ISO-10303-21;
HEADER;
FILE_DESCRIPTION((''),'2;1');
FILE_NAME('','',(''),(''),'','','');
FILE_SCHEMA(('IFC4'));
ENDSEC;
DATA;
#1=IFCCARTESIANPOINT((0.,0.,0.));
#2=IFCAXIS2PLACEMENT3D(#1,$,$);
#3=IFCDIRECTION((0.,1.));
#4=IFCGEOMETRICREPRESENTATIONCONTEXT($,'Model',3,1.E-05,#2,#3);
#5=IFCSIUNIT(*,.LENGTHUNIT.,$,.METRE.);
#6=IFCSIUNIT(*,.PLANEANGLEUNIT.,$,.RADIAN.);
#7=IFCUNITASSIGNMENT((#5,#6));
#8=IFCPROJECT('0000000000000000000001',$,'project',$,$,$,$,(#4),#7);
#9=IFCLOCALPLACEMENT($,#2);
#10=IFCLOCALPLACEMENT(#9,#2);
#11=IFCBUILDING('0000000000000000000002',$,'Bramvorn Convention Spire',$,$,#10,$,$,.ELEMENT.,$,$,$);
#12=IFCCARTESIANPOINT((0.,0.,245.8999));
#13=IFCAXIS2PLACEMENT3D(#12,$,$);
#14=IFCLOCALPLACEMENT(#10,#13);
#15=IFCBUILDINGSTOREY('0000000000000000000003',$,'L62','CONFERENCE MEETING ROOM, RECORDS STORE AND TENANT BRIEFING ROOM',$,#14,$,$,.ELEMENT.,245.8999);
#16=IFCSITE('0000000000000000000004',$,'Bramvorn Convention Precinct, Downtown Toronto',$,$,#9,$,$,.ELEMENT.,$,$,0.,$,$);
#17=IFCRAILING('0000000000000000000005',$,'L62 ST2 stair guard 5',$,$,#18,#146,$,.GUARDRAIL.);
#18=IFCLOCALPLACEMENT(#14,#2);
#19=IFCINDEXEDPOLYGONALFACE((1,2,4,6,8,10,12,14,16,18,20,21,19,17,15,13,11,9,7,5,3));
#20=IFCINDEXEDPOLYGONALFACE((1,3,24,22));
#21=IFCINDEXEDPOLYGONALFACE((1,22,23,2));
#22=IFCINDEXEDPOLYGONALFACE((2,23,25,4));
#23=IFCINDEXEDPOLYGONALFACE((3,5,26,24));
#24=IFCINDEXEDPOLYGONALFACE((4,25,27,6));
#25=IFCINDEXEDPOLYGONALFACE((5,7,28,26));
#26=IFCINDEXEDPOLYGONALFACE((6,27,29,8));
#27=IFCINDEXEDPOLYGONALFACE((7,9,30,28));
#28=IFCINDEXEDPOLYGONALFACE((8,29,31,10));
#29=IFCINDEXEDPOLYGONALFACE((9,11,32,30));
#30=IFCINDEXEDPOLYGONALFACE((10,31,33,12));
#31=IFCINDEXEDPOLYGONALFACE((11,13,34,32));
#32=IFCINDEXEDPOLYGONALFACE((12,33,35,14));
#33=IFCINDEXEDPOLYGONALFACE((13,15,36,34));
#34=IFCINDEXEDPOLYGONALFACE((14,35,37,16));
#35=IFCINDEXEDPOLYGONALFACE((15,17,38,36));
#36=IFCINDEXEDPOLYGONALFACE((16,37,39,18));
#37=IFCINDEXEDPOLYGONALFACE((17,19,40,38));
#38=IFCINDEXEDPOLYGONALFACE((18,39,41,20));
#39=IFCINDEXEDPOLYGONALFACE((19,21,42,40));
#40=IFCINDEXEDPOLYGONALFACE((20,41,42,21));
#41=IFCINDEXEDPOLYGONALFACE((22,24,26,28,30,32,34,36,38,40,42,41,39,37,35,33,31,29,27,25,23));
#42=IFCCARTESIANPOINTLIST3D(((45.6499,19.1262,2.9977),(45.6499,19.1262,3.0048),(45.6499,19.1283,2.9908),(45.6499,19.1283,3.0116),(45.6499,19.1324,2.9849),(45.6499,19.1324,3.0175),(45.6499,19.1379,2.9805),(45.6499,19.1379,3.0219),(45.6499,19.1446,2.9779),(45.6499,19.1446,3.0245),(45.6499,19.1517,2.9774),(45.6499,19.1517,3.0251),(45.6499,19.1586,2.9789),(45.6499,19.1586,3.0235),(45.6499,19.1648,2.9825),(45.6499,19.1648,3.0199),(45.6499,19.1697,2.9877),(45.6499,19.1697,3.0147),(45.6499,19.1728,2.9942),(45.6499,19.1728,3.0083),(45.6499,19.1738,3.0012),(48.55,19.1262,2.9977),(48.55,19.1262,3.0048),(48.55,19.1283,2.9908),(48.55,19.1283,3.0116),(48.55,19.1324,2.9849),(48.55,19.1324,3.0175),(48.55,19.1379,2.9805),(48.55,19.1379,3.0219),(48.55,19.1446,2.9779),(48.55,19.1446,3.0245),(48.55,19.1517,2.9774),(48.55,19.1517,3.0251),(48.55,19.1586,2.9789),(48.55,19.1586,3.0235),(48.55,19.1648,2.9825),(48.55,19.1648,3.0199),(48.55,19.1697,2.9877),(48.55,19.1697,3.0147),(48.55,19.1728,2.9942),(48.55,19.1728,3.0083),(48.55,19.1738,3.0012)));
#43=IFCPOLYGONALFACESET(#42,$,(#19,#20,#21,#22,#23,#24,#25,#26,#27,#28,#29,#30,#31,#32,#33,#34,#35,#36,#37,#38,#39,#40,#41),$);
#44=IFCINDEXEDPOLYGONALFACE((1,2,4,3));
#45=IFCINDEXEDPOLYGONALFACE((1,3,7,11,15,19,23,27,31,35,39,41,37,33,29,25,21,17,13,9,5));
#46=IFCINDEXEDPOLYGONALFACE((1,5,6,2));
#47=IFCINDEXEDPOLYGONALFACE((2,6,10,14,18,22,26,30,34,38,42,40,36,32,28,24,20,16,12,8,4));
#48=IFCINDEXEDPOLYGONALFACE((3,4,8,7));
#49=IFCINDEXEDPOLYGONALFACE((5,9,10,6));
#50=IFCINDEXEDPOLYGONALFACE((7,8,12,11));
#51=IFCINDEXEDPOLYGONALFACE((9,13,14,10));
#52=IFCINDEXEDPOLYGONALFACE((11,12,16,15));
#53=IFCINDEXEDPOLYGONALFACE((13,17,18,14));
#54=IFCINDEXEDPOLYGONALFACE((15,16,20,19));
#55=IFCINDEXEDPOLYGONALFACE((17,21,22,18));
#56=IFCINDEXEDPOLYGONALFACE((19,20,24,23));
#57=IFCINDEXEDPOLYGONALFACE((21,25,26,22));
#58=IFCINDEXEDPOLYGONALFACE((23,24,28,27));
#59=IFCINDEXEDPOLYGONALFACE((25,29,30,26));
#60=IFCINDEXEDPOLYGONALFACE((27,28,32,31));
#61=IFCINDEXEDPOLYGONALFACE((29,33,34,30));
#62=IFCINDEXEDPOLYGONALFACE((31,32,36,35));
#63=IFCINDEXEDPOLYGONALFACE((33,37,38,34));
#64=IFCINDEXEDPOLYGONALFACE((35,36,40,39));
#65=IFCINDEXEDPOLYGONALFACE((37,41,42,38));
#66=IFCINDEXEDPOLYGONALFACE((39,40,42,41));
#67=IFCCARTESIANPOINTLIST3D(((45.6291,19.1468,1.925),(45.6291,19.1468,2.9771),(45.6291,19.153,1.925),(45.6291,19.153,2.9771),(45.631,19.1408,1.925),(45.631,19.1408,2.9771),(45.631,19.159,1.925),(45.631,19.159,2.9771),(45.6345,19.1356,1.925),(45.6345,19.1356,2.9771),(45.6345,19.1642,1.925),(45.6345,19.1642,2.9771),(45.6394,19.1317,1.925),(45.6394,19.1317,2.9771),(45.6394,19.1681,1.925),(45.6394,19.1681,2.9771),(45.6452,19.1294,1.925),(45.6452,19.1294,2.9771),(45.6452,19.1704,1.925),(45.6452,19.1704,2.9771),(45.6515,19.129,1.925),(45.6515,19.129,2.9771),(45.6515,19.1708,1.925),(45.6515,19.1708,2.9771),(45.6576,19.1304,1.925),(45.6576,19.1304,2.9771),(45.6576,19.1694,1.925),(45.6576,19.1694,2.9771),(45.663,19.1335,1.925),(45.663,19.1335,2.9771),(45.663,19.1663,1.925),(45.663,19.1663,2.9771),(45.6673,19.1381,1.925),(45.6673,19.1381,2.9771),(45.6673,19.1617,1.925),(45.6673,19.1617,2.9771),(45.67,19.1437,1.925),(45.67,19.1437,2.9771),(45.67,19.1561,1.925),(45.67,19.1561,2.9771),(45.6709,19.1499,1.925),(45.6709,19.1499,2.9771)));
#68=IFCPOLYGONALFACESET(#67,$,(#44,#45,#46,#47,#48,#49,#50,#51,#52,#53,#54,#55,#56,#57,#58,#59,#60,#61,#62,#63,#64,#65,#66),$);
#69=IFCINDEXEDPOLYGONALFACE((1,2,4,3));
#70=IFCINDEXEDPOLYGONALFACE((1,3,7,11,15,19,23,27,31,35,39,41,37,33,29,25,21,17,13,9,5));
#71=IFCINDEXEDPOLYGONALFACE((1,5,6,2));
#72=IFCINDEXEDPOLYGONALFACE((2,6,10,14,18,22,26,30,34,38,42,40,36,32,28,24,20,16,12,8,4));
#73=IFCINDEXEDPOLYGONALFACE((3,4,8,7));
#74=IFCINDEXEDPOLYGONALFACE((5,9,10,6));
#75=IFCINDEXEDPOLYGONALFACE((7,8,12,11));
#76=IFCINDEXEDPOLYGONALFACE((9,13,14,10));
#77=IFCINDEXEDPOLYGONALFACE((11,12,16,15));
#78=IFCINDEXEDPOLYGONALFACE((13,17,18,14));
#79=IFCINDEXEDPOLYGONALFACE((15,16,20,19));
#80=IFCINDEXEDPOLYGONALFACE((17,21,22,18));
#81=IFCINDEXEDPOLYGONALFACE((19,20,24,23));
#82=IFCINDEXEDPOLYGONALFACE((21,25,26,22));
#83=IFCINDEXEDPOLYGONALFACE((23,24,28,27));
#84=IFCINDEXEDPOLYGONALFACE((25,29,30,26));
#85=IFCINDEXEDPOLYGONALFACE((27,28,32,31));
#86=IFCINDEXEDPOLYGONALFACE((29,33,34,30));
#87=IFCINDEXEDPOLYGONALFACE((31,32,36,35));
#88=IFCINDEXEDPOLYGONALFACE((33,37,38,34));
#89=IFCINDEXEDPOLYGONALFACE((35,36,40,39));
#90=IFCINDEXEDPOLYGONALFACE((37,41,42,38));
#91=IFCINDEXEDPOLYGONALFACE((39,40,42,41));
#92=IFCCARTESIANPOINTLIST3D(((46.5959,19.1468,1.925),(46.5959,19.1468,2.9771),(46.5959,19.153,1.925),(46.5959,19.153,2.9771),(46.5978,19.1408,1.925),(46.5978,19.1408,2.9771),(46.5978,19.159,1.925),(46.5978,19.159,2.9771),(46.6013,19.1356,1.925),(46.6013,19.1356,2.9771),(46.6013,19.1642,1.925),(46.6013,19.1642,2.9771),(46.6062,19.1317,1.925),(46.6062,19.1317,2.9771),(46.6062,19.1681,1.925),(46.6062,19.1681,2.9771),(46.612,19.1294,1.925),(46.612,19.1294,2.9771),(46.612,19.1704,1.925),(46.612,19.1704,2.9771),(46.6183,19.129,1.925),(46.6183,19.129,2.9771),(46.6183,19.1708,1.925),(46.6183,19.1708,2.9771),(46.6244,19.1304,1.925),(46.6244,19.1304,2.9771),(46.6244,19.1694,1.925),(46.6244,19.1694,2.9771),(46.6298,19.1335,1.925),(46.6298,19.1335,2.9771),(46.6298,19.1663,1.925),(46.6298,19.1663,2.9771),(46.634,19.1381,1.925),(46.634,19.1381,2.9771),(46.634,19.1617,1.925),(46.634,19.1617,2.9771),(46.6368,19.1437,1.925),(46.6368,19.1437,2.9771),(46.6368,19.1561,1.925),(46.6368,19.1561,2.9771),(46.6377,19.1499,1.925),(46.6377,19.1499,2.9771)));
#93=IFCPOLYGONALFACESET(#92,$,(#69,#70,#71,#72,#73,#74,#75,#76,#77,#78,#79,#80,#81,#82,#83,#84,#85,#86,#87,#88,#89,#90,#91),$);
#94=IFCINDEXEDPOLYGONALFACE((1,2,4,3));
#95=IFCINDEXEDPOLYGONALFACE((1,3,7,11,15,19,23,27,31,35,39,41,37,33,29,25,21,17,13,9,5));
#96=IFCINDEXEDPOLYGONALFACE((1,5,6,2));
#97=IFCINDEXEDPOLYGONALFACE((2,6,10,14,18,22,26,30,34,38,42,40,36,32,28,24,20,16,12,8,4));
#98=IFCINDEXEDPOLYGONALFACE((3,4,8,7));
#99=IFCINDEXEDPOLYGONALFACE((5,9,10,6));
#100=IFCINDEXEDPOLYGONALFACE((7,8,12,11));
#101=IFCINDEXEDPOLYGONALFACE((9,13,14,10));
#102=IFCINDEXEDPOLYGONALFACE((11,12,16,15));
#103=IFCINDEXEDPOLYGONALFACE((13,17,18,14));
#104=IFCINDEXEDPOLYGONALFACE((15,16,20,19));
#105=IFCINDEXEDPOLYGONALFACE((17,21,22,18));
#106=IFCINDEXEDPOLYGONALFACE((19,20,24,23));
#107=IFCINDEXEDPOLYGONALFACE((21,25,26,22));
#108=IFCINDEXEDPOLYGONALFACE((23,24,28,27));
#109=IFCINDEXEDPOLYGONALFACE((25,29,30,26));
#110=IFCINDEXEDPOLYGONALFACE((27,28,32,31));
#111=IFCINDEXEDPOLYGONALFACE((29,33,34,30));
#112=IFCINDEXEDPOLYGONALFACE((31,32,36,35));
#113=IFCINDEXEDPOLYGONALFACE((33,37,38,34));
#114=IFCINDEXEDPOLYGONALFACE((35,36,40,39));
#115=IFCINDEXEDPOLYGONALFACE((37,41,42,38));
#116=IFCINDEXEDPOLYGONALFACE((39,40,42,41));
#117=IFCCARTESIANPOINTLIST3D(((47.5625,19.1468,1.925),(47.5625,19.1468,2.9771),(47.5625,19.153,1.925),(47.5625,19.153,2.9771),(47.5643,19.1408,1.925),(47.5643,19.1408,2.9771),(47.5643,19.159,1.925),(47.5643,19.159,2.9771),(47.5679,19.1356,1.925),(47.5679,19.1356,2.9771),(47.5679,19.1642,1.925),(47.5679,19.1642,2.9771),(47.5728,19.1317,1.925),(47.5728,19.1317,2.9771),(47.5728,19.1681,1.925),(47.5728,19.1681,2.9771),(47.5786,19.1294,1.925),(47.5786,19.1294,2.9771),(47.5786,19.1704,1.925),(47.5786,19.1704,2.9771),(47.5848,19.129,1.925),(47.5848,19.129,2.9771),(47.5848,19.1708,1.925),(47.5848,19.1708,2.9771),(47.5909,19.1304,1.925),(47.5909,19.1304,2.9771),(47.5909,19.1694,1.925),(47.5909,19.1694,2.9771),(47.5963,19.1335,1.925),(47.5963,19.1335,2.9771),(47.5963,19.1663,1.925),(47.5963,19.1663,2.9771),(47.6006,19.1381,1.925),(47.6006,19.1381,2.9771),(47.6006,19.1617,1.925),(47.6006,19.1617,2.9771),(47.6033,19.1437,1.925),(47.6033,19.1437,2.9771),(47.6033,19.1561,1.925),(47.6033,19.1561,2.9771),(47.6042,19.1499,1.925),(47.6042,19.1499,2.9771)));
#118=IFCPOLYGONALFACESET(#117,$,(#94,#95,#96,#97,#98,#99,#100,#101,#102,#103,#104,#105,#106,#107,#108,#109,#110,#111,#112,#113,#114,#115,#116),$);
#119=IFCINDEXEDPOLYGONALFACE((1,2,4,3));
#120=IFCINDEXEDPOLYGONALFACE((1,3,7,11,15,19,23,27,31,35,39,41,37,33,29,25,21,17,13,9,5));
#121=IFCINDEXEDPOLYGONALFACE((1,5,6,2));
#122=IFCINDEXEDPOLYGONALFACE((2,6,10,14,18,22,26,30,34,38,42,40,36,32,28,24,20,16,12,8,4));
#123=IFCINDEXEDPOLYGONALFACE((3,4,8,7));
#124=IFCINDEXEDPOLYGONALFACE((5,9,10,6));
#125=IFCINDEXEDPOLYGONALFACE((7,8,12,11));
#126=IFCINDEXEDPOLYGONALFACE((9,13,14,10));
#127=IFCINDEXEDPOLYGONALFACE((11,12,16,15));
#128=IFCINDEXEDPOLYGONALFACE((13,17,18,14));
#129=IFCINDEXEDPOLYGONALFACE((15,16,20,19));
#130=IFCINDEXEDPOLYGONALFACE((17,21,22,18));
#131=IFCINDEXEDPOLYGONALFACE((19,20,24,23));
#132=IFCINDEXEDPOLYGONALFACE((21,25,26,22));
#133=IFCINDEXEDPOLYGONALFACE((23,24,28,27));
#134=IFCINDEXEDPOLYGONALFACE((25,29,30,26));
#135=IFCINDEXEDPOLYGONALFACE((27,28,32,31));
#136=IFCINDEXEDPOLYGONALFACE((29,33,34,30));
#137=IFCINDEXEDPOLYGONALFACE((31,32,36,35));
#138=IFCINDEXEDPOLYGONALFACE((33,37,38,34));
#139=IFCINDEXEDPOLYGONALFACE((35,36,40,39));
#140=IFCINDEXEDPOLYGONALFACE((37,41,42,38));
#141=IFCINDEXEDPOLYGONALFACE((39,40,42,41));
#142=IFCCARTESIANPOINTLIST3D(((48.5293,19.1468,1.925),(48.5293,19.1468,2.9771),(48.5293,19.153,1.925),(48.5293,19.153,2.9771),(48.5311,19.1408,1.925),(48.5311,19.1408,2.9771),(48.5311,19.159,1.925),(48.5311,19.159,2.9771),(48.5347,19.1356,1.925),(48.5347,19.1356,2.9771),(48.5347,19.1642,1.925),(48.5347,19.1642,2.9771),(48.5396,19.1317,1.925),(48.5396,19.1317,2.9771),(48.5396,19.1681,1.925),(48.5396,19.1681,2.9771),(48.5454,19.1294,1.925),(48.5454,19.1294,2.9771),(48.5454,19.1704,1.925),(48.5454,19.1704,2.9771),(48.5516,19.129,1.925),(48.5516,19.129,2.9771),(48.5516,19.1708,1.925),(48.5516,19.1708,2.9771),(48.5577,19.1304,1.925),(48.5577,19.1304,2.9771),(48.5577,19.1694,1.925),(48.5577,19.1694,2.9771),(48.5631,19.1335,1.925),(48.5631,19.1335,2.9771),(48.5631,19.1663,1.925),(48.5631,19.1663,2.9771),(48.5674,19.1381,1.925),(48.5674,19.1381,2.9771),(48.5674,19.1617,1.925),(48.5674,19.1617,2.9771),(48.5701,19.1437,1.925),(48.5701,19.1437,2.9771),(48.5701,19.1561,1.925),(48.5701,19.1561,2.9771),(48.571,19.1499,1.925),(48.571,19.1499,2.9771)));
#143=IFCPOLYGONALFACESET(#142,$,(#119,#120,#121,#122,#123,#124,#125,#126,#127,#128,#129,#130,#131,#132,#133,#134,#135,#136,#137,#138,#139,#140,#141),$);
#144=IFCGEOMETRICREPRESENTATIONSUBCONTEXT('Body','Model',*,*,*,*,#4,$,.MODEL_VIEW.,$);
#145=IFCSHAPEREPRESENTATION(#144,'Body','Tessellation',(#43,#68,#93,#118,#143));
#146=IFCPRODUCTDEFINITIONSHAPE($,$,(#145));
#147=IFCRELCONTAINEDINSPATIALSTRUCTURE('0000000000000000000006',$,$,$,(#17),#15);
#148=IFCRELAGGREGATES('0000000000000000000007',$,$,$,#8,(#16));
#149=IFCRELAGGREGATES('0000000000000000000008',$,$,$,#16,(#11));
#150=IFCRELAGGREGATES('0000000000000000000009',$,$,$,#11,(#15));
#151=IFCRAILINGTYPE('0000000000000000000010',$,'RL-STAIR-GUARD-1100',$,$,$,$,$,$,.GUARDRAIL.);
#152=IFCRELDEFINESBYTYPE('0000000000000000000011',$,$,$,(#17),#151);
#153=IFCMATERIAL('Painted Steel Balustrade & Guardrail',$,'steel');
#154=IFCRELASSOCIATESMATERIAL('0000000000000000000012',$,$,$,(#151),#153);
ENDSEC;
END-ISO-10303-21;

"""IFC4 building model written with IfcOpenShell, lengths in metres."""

from ifc_helpers import new_model, si_unit, direction, frame, origin, origin_2d, place, context, subcontext, project, spatial, circle, extrude, material, type_object, element, save


model = new_model("IFC4")

# Units and contexts
model_context = context("Model", 3, precision=1e-05, world=origin(), true_north=direction((0.0, 1.0)))
body_context = subcontext(model_context, "Body", "Model", "MODEL_VIEW")
ifc_project = project(units=[si_unit("LENGTHUNIT", "METRE"), si_unit("PLANEANGLEUNIT", "RADIAN")], contexts=[model_context])

# Site, building, storey
site_placement = place(None, origin())
site = spatial("IfcSite", under=ifc_project, at=site_placement, Name="Bramvorn Convention Precinct, Downtown Toronto", CompositionType="ELEMENT", RefElevation=0.0)
building_placement = place(site_placement, origin())
building = spatial("IfcBuilding", under=site, at=building_placement, Name="Bramvorn Convention Spire", CompositionType="ELEMENT")
storey_placement = place(building_placement, frame((0.0, 0.0, 245.8999)))
storey = spatial("IfcBuildingStorey", under=building, at=storey_placement, Name="L62", Description="CONFERENCE MEETING ROOM, RECORDS STORE AND TENANT BRIEFING ROOM", CompositionType="ELEMENT", Elevation=245.8999)

# Railing
ifc_material_1 = material(Name="Painted Steel Balustrade & Guardrail", Category="steel")
railing_type = type_object("IfcRailingType", Name="RL-STAIR-GUARD-1100", PredefinedType="GUARDRAIL", material=ifc_material_1)
railing_1_placement = place(storey_placement, frame((45.6499, 19.1499, 1.925)))
element("IfcRailing", 1, at=railing_1_placement, inside=storey, type_object=railing_type, Name="L62 ST2 stair guard 5", PredefinedType="GUARDRAIL", context=body_context, shape_type="SweptSolid", body=[
    extrude(circle(Radius=0.0239, at=origin_2d()), frame((0.0, 0.0, 1.0762), z_axis=(1.0, 0.0, 0.0), x_axis=(0.0, 1.0, 0.0)), (0.0, 0.0, 1.0), 2.9001),
    extrude(circle(Radius=0.021, at=origin_2d()), origin(), (0.0, 0.0, 1.0), 1.052),
    extrude(circle(Radius=0.021, at=origin_2d()), frame((0.9668, 0.0, 0.0)), (0.0, 0.0, 1.0), 1.052),
    extrude(circle(Radius=0.021, at=origin_2d()), frame((1.9333, 0.0, 0.0)), (0.0, 0.0, 1.0), 1.052),
    extrude(circle(Radius=0.021, at=origin_2d()), frame((2.9001, 0.0, 0.0)), (0.0, 0.0, 1.0), 1.052),
])

save(model, "model.ifc")
